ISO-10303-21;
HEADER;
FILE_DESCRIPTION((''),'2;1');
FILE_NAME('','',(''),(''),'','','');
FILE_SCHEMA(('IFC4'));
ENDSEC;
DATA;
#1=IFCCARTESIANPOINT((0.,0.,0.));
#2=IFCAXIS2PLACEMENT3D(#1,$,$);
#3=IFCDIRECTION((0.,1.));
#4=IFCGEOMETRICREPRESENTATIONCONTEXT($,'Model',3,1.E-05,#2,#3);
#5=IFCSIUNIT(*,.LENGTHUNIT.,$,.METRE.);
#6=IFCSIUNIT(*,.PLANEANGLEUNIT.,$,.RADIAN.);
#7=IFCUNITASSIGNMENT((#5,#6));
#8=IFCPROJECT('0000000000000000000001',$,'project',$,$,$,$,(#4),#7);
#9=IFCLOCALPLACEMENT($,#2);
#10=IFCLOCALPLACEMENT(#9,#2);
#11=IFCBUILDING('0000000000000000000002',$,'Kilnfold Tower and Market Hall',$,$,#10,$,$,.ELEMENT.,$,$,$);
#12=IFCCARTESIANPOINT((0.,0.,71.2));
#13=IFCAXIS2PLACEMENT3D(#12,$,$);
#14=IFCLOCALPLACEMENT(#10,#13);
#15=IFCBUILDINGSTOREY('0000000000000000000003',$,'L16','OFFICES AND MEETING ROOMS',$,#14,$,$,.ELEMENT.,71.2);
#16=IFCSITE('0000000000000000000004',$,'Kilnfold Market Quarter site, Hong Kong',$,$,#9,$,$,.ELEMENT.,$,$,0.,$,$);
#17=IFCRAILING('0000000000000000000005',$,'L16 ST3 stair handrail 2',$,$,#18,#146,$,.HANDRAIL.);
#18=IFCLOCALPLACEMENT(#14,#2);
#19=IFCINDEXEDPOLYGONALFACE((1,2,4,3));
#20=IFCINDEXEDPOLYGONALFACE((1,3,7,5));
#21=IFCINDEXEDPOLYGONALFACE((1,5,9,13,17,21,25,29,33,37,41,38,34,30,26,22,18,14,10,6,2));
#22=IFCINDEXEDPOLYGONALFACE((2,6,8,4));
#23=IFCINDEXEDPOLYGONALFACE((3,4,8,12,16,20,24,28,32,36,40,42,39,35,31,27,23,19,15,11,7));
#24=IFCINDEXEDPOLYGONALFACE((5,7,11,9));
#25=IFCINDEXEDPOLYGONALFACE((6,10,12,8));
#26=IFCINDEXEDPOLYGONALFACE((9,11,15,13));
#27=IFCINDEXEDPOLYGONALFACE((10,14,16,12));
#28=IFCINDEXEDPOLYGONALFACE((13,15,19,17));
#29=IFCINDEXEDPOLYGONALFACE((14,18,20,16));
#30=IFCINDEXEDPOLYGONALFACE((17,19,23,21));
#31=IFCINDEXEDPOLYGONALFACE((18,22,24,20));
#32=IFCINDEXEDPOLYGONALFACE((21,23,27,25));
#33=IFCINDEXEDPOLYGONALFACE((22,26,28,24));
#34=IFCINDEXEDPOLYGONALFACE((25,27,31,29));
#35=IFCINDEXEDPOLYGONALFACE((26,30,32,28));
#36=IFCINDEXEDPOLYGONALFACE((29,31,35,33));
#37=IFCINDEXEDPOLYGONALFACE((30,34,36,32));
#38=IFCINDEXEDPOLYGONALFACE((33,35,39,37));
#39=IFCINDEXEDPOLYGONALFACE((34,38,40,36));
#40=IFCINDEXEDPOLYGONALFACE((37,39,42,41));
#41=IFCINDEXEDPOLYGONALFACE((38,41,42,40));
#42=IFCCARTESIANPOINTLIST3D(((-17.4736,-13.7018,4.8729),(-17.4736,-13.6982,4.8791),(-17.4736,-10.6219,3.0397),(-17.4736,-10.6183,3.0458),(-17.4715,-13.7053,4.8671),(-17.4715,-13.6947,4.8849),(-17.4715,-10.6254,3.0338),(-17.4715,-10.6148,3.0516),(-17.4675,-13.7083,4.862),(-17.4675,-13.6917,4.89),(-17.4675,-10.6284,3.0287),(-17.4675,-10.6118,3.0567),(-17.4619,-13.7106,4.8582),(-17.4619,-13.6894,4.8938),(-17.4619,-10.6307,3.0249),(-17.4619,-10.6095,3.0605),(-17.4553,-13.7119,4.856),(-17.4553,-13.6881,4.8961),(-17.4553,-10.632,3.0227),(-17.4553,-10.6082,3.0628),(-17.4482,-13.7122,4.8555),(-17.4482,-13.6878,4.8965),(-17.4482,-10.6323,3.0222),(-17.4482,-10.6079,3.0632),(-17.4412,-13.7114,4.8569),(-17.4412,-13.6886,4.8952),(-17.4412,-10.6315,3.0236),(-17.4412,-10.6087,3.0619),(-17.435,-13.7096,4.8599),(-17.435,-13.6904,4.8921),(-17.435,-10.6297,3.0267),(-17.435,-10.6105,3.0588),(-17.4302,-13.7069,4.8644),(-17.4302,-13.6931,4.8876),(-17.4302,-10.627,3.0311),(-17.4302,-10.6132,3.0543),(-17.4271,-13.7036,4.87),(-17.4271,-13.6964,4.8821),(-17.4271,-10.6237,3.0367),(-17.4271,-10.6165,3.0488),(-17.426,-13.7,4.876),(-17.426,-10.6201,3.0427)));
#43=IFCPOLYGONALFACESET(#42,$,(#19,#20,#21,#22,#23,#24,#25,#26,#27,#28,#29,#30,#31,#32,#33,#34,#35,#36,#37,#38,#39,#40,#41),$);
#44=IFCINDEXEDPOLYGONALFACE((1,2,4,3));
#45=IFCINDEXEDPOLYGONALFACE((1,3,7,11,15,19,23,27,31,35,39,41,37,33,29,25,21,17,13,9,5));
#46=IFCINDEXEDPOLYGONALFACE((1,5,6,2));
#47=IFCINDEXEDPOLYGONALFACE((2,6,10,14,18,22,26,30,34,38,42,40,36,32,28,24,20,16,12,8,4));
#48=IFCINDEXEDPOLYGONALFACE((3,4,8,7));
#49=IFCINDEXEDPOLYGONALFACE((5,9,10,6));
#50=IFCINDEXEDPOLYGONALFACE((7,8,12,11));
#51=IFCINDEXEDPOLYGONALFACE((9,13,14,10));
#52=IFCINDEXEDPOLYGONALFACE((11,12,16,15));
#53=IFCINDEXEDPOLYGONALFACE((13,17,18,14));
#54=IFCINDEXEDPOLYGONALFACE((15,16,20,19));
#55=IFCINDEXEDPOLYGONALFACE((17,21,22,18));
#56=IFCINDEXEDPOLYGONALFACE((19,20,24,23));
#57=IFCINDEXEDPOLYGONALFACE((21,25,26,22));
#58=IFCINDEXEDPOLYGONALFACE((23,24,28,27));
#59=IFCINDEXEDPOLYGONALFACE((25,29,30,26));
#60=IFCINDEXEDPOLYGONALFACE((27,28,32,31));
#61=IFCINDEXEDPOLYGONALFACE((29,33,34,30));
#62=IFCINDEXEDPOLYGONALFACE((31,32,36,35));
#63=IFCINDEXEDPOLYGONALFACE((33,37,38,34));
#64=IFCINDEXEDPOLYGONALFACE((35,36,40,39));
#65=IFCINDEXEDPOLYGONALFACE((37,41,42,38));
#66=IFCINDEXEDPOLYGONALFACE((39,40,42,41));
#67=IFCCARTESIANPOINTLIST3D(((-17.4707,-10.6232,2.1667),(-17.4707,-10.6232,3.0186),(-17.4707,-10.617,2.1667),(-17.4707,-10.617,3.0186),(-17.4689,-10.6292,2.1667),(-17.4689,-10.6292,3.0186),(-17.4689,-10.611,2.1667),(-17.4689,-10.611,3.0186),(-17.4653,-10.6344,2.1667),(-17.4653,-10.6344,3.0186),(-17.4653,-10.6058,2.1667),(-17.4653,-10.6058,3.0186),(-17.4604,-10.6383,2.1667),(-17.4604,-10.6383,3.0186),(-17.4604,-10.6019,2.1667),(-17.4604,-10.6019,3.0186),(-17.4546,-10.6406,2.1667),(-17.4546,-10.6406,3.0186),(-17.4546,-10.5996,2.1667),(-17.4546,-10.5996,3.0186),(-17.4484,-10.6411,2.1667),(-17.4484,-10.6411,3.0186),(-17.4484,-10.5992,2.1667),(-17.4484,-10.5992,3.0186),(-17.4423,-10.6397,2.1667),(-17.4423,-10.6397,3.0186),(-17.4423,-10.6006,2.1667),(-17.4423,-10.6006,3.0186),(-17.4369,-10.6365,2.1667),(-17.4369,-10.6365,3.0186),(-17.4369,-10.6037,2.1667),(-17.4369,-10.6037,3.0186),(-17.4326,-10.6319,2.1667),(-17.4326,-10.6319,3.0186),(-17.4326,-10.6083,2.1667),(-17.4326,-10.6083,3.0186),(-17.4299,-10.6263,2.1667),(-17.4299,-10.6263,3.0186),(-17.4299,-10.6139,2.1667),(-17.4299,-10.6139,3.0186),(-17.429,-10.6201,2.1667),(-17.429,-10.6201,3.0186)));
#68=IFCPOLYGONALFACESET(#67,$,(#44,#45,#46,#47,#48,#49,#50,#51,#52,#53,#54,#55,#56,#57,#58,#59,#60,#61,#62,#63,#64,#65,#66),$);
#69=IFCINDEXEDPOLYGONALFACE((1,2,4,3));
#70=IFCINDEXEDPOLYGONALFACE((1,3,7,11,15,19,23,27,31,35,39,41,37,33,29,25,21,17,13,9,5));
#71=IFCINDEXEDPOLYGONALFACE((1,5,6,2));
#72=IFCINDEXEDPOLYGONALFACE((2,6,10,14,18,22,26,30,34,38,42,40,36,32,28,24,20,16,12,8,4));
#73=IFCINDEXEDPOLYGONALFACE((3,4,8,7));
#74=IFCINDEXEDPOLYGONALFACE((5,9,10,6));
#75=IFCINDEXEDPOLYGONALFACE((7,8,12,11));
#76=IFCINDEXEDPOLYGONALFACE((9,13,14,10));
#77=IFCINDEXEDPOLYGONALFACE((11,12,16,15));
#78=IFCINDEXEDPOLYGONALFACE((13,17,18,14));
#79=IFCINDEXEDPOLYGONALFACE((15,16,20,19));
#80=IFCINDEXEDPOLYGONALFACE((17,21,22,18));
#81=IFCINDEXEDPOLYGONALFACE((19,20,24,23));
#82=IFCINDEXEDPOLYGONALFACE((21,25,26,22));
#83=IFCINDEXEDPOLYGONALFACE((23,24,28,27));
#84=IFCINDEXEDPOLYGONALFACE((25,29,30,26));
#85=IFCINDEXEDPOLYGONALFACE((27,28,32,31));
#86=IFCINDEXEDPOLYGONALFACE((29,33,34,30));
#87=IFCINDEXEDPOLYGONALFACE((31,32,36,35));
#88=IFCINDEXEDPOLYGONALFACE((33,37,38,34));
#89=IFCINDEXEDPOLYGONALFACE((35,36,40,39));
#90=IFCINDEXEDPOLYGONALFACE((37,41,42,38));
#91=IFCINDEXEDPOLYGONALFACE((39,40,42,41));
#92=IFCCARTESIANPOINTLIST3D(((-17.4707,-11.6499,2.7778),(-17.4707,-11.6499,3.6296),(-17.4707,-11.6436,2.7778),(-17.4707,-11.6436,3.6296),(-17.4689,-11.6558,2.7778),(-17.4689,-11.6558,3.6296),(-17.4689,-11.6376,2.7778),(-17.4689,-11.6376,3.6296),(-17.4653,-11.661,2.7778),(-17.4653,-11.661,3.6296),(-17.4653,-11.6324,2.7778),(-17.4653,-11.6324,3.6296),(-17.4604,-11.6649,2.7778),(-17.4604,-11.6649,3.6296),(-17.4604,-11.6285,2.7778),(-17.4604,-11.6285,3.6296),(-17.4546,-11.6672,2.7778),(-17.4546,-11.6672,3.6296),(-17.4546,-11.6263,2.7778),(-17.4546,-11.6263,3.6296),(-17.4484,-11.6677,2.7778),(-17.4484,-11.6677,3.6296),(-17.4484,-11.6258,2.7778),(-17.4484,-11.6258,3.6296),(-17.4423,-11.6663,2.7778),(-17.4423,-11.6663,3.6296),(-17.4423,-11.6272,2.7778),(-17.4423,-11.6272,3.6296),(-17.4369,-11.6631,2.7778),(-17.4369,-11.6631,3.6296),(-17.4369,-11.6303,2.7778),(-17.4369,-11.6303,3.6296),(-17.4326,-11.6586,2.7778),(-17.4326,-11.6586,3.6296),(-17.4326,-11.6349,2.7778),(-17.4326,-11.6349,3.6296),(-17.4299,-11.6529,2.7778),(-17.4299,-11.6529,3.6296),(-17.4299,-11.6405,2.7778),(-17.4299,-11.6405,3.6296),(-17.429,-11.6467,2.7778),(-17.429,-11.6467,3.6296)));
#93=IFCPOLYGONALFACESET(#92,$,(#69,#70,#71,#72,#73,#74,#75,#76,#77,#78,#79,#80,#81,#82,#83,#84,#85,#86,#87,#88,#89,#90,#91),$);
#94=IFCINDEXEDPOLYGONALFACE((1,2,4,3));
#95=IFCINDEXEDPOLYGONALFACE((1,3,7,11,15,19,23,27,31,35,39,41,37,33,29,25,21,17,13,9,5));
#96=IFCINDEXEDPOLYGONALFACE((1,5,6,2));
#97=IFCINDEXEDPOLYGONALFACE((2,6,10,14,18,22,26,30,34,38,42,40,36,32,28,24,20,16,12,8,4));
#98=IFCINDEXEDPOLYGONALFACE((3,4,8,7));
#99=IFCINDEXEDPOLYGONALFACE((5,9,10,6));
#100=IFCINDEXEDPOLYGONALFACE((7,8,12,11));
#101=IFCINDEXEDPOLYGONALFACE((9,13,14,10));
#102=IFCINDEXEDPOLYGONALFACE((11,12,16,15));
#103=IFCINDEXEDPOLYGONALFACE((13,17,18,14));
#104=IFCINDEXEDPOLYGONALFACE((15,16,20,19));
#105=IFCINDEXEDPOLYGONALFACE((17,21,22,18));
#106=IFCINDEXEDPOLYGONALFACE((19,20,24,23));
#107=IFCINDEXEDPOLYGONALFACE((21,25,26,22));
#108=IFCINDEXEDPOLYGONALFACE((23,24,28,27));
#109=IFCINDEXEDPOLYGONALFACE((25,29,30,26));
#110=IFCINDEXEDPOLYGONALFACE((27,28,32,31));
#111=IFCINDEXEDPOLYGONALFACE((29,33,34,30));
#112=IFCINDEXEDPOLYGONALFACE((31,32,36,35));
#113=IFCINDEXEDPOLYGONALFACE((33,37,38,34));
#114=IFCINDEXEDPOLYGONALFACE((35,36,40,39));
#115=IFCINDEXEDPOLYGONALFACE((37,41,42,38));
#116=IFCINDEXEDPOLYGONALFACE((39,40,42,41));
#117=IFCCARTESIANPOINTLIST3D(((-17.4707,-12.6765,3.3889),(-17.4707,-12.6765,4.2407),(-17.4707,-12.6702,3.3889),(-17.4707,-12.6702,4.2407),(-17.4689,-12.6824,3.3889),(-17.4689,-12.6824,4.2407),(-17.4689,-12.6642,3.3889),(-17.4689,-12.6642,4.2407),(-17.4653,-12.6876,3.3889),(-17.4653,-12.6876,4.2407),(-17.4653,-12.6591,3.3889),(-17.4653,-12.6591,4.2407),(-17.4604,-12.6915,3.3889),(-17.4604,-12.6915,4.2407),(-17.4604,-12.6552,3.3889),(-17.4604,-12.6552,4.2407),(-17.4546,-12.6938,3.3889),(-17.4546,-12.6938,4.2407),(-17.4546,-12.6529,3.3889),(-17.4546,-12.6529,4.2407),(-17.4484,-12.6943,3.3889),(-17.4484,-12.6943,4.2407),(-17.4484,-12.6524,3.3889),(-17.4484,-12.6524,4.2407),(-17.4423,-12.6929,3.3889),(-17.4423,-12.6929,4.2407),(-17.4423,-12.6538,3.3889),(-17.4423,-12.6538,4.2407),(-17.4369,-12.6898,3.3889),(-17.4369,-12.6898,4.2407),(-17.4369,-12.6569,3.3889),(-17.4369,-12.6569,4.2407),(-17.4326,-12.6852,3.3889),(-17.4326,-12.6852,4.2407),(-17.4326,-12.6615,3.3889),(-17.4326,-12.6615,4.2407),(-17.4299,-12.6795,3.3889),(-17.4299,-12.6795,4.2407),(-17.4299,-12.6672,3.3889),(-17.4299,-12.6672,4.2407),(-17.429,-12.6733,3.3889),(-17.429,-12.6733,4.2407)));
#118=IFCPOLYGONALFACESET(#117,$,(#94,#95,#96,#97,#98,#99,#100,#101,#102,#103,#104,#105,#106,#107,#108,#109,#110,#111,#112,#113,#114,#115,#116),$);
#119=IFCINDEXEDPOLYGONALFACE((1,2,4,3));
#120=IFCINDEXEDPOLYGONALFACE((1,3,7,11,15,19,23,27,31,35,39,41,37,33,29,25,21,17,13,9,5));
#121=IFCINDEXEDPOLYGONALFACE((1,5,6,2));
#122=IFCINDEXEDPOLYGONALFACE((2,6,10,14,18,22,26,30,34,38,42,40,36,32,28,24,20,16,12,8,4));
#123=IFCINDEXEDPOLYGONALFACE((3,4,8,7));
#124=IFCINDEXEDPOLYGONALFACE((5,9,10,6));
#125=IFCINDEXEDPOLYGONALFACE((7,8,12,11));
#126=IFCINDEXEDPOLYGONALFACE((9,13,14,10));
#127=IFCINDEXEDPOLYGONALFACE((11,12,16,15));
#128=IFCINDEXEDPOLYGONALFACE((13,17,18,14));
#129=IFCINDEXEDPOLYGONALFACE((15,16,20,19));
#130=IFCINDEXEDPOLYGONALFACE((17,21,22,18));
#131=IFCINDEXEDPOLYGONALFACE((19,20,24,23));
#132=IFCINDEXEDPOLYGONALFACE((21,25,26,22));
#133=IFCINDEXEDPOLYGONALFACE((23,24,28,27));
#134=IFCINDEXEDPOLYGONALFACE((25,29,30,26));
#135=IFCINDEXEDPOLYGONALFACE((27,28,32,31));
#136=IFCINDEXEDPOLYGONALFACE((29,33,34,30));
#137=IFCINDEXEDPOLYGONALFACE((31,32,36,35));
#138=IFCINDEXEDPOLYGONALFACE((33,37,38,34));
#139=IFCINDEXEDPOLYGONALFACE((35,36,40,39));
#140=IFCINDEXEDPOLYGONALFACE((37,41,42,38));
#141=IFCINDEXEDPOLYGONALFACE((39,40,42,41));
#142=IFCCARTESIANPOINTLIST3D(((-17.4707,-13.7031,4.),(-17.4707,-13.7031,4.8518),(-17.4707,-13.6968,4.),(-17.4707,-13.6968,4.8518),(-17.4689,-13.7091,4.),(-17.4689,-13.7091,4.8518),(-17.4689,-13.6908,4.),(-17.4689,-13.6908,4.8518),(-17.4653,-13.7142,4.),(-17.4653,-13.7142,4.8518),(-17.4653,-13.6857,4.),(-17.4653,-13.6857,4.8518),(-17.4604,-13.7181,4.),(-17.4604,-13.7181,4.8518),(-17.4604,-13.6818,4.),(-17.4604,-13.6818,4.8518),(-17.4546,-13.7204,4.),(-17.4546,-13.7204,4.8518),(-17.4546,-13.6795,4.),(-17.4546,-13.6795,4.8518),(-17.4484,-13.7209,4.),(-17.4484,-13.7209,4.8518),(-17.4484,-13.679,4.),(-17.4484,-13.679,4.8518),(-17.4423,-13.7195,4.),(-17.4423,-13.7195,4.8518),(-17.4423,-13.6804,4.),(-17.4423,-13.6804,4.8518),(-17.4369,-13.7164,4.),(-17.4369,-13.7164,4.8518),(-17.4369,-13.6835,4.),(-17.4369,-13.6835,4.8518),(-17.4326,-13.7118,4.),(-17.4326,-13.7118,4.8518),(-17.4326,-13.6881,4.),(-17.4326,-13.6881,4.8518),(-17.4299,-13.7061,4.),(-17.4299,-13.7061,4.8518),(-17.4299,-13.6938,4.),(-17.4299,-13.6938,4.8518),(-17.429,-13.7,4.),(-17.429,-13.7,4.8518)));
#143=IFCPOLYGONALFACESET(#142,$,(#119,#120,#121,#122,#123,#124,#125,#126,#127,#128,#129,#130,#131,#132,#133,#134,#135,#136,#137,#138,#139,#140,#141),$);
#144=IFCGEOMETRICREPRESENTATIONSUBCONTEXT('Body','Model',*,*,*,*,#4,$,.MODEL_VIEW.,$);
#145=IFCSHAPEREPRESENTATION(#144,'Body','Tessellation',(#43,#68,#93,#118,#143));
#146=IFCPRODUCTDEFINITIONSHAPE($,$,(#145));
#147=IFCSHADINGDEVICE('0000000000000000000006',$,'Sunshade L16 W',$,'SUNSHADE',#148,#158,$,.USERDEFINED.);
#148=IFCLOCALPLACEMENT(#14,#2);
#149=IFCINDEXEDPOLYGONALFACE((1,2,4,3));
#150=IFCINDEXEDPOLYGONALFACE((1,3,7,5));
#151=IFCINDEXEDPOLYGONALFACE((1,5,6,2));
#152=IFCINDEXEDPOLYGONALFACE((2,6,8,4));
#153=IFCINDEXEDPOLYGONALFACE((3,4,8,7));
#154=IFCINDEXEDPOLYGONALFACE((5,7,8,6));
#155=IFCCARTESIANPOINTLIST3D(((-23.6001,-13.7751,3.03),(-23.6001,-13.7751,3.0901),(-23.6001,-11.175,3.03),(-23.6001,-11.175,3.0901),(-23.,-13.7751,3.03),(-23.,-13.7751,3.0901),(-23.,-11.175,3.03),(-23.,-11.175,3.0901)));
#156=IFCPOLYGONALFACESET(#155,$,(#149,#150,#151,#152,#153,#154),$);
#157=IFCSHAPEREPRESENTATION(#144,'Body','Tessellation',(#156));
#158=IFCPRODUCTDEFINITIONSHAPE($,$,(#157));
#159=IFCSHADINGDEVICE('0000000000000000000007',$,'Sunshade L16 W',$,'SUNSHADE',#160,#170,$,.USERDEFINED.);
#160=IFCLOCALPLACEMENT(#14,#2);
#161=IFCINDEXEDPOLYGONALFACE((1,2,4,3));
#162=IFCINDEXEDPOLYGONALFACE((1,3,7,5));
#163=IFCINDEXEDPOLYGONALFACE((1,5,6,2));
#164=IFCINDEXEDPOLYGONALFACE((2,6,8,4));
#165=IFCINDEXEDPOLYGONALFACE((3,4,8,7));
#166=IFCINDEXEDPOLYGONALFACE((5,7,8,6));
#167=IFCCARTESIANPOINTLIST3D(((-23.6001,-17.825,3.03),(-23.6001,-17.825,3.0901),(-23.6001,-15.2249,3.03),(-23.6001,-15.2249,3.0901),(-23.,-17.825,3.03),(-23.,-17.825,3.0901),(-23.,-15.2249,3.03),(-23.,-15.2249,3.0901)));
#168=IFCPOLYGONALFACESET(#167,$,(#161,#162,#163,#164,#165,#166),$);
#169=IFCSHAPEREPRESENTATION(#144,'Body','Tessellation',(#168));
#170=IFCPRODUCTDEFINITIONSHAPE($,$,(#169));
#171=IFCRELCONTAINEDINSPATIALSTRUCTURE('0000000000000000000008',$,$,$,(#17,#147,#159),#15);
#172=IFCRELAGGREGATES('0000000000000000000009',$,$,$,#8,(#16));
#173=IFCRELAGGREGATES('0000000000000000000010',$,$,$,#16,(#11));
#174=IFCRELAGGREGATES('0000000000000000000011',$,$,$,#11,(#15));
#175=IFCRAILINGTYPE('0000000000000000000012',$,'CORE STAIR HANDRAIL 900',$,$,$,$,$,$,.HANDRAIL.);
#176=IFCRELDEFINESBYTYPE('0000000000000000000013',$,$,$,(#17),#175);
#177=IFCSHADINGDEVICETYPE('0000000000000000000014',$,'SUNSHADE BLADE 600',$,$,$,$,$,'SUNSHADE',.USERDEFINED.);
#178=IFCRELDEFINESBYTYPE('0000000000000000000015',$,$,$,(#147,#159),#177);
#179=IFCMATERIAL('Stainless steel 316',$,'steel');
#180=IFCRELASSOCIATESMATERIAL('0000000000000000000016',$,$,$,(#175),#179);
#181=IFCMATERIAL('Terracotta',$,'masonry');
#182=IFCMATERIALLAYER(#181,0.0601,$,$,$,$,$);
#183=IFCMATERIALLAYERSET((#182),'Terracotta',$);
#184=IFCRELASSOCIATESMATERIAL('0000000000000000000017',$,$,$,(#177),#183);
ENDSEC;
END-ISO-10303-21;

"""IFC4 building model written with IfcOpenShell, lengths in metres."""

from ifc_helpers import new_model, si_unit, direction, frame, origin, origin_2d, place, context, subcontext, project, spatial, rectangle, circle, extrude, source, transform, mapped, material, layer, layer_set, type_object, element, save


model = new_model("IFC4")

# Units and contexts
model_context = context("Model", 3, precision=1e-05, world=origin(), true_north=direction((0.0, 1.0)))
body_context = subcontext(model_context, "Body", "Model", "MODEL_VIEW")
ifc_project = project(units=[si_unit("LENGTHUNIT", "METRE"), si_unit("PLANEANGLEUNIT", "RADIAN")], contexts=[model_context])

# Site, building, storey
site_placement = place(None, origin())
site = spatial("IfcSite", under=ifc_project, at=site_placement, Name="Kilnfold Market Quarter site, Hong Kong", CompositionType="ELEMENT", RefElevation=0.0)
building_placement = place(site_placement, origin())
building = spatial("IfcBuilding", under=site, at=building_placement, Name="Kilnfold Tower and Market Hall", CompositionType="ELEMENT")
storey_placement = place(building_placement, frame((0.0, 0.0, 71.2)))
storey = spatial("IfcBuildingStorey", under=building, at=storey_placement, Name="L16", Description="OFFICES AND MEETING ROOMS", CompositionType="ELEMENT", Elevation=71.2)

# Railing
ifc_material_1 = material(Name="Stainless steel 316", Category="steel")
railing_type_1 = type_object("IfcRailingType", Name="CORE STAIR HANDRAIL 900", PredefinedType="HANDRAIL", material=ifc_material_1)
railing_1_placement = place(storey_placement, frame((-17.45, -10.6201, 2.1667)))
element("IfcRailing", 1, at=railing_1_placement, inside=storey, type_object=railing_type_1, Name="L16 ST3 stair handrail 2", PredefinedType="HANDRAIL", context=body_context, shape_type="SweptSolid", body=[
    extrude(circle(Radius=0.0239, at=origin_2d()), frame((0.0, 0.0, 0.876), z_axis=(0.0, -0.859291, 0.511487), x_axis=(1.0, 0.0, 0.0)), (0.0, 0.0, 1.0), 3.5842),
    extrude(circle(Radius=0.021, at=origin_2d()), origin(), (0.0, 0.0, 1.0), 0.8518),
    extrude(circle(Radius=0.021, at=origin_2d()), frame((0.0, -1.0266, 0.6111)), (0.0, 0.0, 1.0), 0.8518),
    extrude(circle(Radius=0.021, at=origin_2d()), frame((0.0, -2.0532, 1.2222)), (0.0, 0.0, 1.0), 0.8518),
    extrude(circle(Radius=0.021, at=origin_2d()), frame((0.0, -3.0798, 1.8333)), (0.0, 0.0, 1.0), 0.8518),
])

# Shading devices
ifc_material_2 = material(Name="Terracotta", Category="masonry")
ifc_layer_1 = layer(ifc_material_2, 0.0601)
ifc_layer_set_1 = layer_set([ifc_layer_1], Name="Terracotta")
shading_device_type = type_object("IfcShadingDeviceType", Name="SUNSHADE BLADE 600", ElementType="SUNSHADE", PredefinedType="USERDEFINED", material=ifc_layer_set_1)
shared_shape_1 = source(origin(), body_context, "Body", "SweptSolid", [
    extrude(rectangle(XDim=2.6001, YDim=0.6001, at=origin_2d()), origin(), (0.0, 0.0, 1.0), 0.0601),
])
for number, where, z_axis, x_axis, name in (
    (2, (-23.3, -12.4751, 3.03), (0.0, 0.0, 1.0), (0.0, -1.0, 0.0), "Sunshade L16 W"),
    (3, (-23.3, -16.5249, 3.03), (0.0, 0.0, 1.0), (0.0, -1.0, 0.0), "Sunshade L16 W"),
):
    element("IfcShadingDevice", number, at=place(storey_placement, frame(where, z_axis=z_axis, x_axis=x_axis)), inside=storey, type_object=shading_device_type, Name=name, ObjectType="SUNSHADE", PredefinedType="USERDEFINED", context=body_context, shape_type="MappedRepresentation", body=[
        mapped(shared_shape_1, transform((0.0, 0.0, 0.0))),
    ])

save(model, "model.ifc")
